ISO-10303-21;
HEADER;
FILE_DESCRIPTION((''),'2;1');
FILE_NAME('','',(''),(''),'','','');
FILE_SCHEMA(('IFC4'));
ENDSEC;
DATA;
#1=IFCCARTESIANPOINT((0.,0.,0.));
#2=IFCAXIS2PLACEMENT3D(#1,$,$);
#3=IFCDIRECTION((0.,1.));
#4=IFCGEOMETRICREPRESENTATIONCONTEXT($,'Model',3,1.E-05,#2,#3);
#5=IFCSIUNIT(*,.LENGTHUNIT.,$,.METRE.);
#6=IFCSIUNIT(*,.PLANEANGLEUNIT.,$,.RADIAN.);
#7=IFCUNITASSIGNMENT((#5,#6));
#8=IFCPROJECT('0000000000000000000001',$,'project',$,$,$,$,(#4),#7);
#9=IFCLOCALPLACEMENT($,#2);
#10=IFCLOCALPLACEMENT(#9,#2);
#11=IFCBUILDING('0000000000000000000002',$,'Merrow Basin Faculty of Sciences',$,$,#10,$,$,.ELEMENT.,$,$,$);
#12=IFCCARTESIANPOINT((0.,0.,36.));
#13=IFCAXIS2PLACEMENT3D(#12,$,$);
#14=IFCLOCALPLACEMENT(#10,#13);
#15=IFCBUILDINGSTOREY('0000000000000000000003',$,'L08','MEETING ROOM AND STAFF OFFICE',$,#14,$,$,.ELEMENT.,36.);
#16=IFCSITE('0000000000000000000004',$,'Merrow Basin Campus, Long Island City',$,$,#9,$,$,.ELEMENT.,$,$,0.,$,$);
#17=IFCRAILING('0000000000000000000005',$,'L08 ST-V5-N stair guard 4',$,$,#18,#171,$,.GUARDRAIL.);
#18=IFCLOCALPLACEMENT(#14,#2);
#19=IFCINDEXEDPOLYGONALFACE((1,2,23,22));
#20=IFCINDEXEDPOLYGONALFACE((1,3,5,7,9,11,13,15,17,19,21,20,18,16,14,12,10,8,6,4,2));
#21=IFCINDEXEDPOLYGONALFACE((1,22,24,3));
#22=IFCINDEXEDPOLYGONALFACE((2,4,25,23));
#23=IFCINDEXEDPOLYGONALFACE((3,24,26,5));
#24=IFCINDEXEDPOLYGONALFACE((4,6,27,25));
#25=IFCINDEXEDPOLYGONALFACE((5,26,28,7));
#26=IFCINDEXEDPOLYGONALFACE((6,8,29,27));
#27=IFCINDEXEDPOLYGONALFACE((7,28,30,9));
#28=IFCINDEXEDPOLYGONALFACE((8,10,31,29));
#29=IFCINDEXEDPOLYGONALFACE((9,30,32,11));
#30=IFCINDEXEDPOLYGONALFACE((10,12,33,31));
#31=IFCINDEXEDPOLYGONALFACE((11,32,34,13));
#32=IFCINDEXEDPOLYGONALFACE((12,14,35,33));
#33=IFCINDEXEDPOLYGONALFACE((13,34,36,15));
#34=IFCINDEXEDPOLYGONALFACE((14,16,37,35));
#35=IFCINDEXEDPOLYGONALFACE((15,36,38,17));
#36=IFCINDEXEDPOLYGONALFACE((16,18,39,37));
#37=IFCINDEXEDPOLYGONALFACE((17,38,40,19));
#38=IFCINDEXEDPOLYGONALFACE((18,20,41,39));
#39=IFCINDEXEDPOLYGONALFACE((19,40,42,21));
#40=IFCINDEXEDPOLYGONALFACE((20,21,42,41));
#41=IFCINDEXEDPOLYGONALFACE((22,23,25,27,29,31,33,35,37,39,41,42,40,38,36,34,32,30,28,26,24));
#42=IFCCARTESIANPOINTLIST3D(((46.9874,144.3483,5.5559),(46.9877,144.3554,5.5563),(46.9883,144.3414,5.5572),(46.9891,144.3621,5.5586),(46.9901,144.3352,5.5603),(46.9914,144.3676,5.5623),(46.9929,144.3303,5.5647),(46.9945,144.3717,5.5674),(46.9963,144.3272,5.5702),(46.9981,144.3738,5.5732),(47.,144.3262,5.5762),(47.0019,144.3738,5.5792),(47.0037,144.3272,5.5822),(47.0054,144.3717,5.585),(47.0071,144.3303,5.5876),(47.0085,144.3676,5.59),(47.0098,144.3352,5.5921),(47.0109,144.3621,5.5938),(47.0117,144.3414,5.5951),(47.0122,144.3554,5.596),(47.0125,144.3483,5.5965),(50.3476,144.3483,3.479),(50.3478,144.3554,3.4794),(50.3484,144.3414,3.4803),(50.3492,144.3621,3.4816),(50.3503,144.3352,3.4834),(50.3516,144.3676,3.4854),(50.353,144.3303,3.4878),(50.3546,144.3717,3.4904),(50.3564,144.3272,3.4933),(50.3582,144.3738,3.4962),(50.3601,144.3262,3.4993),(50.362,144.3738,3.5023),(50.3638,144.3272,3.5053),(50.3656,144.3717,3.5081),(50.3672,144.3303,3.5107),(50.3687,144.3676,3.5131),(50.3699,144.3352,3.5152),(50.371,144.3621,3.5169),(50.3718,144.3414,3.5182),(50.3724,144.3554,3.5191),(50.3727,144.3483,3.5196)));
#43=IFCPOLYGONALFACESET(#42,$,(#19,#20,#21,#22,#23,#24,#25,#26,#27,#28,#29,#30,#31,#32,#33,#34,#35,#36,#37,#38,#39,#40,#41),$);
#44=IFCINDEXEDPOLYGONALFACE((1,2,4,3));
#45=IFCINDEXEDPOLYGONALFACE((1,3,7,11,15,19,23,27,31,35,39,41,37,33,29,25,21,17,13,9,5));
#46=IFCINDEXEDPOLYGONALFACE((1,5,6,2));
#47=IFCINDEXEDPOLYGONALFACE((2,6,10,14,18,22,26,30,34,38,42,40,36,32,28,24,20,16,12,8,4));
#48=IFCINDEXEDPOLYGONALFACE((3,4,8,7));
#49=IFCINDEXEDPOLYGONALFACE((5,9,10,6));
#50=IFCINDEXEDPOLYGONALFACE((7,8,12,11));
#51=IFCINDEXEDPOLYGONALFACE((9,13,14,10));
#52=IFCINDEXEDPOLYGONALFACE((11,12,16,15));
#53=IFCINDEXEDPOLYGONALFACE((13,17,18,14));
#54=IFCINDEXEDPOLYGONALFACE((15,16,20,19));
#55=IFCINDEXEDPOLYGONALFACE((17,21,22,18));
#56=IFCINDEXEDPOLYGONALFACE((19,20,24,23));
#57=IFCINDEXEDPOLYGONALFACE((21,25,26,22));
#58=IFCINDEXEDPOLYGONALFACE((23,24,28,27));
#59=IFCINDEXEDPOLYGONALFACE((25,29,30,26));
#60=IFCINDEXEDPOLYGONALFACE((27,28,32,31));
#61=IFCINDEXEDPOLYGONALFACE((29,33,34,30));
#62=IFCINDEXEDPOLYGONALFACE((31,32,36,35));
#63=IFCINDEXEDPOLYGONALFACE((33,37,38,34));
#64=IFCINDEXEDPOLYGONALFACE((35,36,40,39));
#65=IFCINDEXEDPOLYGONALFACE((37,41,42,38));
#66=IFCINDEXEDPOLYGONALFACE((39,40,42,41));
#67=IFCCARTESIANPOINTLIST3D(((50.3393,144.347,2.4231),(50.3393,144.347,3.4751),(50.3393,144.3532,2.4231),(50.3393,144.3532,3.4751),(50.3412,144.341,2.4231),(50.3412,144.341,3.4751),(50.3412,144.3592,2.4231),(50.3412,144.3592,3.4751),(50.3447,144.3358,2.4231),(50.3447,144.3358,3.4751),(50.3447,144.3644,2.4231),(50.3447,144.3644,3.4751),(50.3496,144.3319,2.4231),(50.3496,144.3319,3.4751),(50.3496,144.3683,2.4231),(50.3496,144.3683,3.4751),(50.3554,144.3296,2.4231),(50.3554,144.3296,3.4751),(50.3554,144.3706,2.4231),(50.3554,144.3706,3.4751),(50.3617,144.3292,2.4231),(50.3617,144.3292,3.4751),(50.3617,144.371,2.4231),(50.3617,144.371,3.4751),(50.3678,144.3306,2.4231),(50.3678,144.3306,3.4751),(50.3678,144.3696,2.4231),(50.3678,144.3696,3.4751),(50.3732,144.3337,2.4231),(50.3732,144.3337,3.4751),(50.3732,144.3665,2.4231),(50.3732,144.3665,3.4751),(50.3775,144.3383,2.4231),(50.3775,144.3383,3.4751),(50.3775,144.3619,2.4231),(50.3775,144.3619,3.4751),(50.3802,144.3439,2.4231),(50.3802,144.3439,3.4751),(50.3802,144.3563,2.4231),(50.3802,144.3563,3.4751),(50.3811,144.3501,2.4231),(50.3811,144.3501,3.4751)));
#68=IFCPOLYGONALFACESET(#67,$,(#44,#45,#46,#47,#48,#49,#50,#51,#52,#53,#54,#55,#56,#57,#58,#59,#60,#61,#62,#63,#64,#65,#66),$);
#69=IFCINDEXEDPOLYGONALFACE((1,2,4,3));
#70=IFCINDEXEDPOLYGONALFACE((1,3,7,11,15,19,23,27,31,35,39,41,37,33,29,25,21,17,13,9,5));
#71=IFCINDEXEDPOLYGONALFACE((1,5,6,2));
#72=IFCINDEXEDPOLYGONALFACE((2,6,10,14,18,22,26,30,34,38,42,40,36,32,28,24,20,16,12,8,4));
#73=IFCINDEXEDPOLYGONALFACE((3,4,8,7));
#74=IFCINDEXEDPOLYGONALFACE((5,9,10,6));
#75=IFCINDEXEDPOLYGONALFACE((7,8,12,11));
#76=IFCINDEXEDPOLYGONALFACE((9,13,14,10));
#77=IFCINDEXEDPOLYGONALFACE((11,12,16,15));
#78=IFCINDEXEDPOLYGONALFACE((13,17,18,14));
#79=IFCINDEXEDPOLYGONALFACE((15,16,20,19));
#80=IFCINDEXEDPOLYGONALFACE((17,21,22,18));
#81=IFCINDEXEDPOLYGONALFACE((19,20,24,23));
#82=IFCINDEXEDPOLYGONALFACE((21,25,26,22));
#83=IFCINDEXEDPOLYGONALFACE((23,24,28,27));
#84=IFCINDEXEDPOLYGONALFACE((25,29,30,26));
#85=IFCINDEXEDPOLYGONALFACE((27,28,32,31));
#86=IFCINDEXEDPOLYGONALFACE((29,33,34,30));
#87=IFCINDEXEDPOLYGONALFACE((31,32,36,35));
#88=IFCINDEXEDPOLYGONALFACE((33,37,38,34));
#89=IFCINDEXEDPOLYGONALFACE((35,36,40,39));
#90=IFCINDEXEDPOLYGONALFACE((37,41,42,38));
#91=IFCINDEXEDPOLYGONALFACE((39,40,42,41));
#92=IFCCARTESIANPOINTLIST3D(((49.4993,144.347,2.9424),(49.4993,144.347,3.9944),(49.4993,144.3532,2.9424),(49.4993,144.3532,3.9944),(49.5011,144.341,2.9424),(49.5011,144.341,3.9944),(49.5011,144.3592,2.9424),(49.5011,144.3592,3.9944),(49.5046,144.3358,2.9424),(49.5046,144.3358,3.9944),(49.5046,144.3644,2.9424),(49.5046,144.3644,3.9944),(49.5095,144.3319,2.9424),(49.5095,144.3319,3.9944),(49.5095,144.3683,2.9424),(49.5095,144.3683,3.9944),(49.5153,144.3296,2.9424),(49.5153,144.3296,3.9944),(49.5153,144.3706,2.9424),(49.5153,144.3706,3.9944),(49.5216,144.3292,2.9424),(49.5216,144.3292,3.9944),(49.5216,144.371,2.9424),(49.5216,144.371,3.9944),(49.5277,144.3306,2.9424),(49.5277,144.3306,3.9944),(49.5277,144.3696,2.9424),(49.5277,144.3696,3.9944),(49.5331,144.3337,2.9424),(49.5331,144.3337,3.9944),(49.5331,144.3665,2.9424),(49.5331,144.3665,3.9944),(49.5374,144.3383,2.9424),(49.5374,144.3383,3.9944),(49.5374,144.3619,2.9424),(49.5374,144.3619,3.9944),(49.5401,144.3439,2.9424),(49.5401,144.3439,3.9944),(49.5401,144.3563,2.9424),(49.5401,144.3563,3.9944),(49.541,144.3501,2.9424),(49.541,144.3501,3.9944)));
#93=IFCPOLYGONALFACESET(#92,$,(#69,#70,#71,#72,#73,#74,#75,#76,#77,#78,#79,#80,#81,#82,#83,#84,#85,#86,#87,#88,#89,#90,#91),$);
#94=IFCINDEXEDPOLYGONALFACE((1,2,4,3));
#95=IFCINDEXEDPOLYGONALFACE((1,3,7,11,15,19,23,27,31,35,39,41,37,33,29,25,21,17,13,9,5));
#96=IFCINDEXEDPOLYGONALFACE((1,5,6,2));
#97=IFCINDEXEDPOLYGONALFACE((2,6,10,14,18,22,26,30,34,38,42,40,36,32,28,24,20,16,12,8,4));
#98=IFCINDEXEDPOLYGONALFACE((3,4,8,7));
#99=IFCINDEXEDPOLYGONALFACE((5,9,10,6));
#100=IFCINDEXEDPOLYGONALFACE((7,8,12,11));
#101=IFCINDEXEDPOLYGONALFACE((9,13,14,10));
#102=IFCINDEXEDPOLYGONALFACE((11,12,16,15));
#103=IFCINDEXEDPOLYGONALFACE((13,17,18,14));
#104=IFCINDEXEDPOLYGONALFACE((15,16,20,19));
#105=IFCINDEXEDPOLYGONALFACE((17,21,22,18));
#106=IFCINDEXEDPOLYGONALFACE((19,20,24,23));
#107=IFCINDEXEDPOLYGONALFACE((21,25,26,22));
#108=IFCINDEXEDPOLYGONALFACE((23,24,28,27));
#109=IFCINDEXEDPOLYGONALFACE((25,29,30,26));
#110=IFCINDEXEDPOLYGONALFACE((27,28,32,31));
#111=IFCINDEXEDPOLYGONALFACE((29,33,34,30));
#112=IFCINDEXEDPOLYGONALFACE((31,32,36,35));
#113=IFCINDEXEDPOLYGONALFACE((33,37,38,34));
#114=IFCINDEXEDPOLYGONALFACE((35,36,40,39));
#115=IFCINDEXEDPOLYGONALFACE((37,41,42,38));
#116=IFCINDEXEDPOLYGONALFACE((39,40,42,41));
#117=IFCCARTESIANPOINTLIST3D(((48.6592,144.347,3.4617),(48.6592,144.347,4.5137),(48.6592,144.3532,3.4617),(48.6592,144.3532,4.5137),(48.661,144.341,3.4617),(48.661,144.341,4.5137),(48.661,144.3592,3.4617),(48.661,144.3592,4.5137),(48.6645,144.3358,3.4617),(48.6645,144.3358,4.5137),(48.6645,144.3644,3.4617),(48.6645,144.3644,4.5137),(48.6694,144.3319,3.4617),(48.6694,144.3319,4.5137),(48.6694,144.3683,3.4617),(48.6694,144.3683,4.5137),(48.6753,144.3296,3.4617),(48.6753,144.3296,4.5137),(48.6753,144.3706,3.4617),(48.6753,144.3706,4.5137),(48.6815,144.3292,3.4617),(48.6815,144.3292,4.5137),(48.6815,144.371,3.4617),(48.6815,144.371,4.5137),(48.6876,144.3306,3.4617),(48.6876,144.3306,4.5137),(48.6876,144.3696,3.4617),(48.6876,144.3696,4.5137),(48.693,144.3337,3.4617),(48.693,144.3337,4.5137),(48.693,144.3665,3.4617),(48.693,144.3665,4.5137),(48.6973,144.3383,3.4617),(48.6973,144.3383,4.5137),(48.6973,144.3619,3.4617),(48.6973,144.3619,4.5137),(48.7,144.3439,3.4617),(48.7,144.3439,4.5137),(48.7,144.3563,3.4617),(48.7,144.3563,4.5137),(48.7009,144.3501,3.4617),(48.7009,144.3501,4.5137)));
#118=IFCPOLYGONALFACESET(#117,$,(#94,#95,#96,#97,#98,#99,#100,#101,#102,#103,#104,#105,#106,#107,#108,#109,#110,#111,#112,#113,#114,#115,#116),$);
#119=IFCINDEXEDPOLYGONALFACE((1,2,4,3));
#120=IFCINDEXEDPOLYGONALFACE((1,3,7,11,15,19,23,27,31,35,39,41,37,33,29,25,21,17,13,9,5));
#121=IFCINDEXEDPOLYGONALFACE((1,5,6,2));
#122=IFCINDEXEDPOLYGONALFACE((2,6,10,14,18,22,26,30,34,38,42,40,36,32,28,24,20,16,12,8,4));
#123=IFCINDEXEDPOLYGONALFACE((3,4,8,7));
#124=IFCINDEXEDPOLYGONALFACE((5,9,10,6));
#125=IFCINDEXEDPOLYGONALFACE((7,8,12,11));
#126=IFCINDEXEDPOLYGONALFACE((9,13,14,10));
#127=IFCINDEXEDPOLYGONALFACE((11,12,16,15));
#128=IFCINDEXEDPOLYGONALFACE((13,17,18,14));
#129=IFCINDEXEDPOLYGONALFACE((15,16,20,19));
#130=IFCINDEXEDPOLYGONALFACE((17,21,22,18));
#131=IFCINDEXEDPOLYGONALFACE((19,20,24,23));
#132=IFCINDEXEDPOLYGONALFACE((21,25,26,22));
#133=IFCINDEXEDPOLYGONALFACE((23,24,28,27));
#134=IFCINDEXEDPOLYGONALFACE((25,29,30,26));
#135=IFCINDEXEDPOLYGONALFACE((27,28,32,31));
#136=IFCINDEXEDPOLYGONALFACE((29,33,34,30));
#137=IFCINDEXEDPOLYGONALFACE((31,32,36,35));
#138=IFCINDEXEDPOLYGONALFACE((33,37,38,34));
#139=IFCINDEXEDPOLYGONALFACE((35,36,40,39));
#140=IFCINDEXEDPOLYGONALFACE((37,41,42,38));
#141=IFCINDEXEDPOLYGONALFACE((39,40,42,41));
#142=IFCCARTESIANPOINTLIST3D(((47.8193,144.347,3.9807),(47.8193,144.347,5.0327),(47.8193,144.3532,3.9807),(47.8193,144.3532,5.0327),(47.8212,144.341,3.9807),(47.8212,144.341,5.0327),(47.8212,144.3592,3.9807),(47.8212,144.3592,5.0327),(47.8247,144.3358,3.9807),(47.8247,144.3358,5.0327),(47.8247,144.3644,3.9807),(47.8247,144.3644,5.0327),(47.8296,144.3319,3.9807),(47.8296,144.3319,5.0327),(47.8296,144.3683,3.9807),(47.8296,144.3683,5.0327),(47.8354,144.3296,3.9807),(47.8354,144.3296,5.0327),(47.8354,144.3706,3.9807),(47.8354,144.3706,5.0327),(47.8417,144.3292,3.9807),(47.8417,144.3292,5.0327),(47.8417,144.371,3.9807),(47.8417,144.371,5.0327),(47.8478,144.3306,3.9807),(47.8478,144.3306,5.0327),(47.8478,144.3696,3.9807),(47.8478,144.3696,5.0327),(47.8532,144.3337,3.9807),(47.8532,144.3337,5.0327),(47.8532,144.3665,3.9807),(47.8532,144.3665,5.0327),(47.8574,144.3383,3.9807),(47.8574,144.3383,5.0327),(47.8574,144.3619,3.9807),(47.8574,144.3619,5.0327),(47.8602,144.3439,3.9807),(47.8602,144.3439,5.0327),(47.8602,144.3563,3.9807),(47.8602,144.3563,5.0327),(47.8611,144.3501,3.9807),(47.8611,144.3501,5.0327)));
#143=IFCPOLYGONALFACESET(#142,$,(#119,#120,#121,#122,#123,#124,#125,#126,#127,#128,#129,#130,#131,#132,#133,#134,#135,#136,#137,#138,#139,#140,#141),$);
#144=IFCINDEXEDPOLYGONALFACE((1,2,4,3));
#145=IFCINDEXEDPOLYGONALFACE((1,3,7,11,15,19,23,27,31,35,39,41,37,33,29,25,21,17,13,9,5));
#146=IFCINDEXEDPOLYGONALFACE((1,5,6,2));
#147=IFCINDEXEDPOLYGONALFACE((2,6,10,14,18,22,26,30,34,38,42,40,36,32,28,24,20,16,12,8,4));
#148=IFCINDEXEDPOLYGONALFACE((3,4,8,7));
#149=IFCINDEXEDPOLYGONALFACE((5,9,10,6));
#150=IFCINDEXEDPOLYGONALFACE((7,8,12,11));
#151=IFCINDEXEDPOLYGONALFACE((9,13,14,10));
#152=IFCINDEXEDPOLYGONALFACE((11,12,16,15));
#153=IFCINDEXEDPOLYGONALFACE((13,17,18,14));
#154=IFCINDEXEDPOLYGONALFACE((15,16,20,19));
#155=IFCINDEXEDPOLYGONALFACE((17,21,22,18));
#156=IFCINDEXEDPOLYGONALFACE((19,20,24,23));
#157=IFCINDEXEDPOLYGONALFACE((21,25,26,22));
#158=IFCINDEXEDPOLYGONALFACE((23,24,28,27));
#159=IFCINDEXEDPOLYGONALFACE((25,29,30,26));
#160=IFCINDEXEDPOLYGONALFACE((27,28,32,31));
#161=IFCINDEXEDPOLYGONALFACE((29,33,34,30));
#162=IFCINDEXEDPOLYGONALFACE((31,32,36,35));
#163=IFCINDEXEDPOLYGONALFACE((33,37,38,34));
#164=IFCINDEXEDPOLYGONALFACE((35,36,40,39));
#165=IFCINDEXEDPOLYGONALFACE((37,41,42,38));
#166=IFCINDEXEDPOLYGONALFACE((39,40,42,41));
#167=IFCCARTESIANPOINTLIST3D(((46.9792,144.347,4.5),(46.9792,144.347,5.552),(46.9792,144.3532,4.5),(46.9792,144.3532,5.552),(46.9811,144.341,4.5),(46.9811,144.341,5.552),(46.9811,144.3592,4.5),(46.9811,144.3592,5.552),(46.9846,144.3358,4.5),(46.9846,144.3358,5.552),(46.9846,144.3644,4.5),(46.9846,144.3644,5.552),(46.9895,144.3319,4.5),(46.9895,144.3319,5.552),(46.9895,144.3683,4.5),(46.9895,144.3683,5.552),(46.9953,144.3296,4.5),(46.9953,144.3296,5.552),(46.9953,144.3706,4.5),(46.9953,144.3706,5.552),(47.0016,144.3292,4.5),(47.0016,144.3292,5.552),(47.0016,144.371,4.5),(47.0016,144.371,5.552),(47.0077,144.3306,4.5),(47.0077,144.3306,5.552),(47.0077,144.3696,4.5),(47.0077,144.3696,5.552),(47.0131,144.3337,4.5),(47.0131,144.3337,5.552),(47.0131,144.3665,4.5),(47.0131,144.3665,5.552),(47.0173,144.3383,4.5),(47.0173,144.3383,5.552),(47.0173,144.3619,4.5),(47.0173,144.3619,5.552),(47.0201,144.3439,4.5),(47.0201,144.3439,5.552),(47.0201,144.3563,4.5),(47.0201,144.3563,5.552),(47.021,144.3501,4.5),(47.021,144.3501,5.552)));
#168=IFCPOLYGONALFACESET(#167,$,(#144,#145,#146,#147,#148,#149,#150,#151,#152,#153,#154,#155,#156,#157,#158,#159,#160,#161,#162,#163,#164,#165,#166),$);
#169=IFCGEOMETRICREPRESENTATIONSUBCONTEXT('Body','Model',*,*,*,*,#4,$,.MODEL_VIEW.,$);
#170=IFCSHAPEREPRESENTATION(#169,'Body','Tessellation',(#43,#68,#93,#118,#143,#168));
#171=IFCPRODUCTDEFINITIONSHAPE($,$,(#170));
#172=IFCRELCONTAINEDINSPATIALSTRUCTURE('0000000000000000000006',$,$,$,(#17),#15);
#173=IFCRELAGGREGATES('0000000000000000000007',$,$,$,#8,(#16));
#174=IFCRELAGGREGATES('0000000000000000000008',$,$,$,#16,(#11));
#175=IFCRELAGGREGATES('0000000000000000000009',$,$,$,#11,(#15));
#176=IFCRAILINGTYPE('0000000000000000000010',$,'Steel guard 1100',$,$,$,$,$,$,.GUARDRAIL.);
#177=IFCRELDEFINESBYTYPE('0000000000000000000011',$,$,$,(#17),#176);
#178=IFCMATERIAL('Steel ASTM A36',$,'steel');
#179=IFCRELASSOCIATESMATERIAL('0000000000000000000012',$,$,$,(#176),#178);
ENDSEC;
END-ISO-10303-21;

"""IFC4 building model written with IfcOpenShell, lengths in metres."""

from ifc_helpers import new_model, si_unit, direction, frame, origin, origin_2d, place, context, subcontext, project, spatial, circle, extrude, material, type_object, element, save


model = new_model("IFC4")

# Units and contexts
model_context = context("Model", 3, precision=1e-05, world=origin(), true_north=direction((0.0, 1.0)))
body_context = subcontext(model_context, "Body", "Model", "MODEL_VIEW")
ifc_project = project(units=[si_unit("LENGTHUNIT", "METRE"), si_unit("PLANEANGLEUNIT", "RADIAN")], contexts=[model_context])

# Site, building, storey
site_placement = place(None, origin())
site = spatial("IfcSite", under=ifc_project, at=site_placement, Name="Merrow Basin Campus, Long Island City", CompositionType="ELEMENT", RefElevation=0.0)
building_placement = place(site_placement, origin())
building = spatial("IfcBuilding", under=site, at=building_placement, Name="Merrow Basin Faculty of Sciences", CompositionType="ELEMENT")
storey_placement = place(building_placement, frame((0.0, 0.0, 36.0)))
storey = spatial("IfcBuildingStorey", under=building, at=storey_placement, Name="L08", Description="MEETING ROOM AND STAFF OFFICE", CompositionType="ELEMENT", Elevation=36.0)

# Railing
ifc_material_1 = material(Name="Steel ASTM A36", Category="steel")
railing_type_1 = type_object("IfcRailingType", Name="Steel guard 1100", PredefinedType="GUARDRAIL", material=ifc_material_1)
railing_1_placement = place(storey_placement, frame((50.3601, 144.3501, 2.4231)))
element("IfcRailing", 1, at=railing_1_placement, inside=storey, type_object=railing_type_1, Name="L08 ST-V5-N stair guard 4", PredefinedType="GUARDRAIL", context=body_context, shape_type="SweptSolid", body=[
    extrude(circle(Radius=0.0239, at=origin_2d()), frame((0.0, 0.0, 1.0762), z_axis=(-0.850623, 0.0, 0.525776), x_axis=(0.0, -1.0, 0.0)), (0.0, 0.0, 1.0), 3.9502),
    extrude(circle(Radius=0.021, at=origin_2d()), origin(), (0.0, 0.0, 1.0), 1.052),
    extrude(circle(Radius=0.021, at=origin_2d()), frame((-0.8401, 0.0, 0.5193)), (0.0, 0.0, 1.0), 1.052),
    extrude(circle(Radius=0.021, at=origin_2d()), frame((-1.6802, 0.0, 1.0386)), (0.0, 0.0, 1.0), 1.052),
    extrude(circle(Radius=0.021, at=origin_2d()), frame((-2.52, 0.0, 1.5576)), (0.0, 0.0, 1.0), 1.052),
    extrude(circle(Radius=0.021, at=origin_2d()), frame((-3.3601, 0.0, 2.0769)), (0.0, 0.0, 1.0), 1.052),
])

save(model, "model.ifc")
